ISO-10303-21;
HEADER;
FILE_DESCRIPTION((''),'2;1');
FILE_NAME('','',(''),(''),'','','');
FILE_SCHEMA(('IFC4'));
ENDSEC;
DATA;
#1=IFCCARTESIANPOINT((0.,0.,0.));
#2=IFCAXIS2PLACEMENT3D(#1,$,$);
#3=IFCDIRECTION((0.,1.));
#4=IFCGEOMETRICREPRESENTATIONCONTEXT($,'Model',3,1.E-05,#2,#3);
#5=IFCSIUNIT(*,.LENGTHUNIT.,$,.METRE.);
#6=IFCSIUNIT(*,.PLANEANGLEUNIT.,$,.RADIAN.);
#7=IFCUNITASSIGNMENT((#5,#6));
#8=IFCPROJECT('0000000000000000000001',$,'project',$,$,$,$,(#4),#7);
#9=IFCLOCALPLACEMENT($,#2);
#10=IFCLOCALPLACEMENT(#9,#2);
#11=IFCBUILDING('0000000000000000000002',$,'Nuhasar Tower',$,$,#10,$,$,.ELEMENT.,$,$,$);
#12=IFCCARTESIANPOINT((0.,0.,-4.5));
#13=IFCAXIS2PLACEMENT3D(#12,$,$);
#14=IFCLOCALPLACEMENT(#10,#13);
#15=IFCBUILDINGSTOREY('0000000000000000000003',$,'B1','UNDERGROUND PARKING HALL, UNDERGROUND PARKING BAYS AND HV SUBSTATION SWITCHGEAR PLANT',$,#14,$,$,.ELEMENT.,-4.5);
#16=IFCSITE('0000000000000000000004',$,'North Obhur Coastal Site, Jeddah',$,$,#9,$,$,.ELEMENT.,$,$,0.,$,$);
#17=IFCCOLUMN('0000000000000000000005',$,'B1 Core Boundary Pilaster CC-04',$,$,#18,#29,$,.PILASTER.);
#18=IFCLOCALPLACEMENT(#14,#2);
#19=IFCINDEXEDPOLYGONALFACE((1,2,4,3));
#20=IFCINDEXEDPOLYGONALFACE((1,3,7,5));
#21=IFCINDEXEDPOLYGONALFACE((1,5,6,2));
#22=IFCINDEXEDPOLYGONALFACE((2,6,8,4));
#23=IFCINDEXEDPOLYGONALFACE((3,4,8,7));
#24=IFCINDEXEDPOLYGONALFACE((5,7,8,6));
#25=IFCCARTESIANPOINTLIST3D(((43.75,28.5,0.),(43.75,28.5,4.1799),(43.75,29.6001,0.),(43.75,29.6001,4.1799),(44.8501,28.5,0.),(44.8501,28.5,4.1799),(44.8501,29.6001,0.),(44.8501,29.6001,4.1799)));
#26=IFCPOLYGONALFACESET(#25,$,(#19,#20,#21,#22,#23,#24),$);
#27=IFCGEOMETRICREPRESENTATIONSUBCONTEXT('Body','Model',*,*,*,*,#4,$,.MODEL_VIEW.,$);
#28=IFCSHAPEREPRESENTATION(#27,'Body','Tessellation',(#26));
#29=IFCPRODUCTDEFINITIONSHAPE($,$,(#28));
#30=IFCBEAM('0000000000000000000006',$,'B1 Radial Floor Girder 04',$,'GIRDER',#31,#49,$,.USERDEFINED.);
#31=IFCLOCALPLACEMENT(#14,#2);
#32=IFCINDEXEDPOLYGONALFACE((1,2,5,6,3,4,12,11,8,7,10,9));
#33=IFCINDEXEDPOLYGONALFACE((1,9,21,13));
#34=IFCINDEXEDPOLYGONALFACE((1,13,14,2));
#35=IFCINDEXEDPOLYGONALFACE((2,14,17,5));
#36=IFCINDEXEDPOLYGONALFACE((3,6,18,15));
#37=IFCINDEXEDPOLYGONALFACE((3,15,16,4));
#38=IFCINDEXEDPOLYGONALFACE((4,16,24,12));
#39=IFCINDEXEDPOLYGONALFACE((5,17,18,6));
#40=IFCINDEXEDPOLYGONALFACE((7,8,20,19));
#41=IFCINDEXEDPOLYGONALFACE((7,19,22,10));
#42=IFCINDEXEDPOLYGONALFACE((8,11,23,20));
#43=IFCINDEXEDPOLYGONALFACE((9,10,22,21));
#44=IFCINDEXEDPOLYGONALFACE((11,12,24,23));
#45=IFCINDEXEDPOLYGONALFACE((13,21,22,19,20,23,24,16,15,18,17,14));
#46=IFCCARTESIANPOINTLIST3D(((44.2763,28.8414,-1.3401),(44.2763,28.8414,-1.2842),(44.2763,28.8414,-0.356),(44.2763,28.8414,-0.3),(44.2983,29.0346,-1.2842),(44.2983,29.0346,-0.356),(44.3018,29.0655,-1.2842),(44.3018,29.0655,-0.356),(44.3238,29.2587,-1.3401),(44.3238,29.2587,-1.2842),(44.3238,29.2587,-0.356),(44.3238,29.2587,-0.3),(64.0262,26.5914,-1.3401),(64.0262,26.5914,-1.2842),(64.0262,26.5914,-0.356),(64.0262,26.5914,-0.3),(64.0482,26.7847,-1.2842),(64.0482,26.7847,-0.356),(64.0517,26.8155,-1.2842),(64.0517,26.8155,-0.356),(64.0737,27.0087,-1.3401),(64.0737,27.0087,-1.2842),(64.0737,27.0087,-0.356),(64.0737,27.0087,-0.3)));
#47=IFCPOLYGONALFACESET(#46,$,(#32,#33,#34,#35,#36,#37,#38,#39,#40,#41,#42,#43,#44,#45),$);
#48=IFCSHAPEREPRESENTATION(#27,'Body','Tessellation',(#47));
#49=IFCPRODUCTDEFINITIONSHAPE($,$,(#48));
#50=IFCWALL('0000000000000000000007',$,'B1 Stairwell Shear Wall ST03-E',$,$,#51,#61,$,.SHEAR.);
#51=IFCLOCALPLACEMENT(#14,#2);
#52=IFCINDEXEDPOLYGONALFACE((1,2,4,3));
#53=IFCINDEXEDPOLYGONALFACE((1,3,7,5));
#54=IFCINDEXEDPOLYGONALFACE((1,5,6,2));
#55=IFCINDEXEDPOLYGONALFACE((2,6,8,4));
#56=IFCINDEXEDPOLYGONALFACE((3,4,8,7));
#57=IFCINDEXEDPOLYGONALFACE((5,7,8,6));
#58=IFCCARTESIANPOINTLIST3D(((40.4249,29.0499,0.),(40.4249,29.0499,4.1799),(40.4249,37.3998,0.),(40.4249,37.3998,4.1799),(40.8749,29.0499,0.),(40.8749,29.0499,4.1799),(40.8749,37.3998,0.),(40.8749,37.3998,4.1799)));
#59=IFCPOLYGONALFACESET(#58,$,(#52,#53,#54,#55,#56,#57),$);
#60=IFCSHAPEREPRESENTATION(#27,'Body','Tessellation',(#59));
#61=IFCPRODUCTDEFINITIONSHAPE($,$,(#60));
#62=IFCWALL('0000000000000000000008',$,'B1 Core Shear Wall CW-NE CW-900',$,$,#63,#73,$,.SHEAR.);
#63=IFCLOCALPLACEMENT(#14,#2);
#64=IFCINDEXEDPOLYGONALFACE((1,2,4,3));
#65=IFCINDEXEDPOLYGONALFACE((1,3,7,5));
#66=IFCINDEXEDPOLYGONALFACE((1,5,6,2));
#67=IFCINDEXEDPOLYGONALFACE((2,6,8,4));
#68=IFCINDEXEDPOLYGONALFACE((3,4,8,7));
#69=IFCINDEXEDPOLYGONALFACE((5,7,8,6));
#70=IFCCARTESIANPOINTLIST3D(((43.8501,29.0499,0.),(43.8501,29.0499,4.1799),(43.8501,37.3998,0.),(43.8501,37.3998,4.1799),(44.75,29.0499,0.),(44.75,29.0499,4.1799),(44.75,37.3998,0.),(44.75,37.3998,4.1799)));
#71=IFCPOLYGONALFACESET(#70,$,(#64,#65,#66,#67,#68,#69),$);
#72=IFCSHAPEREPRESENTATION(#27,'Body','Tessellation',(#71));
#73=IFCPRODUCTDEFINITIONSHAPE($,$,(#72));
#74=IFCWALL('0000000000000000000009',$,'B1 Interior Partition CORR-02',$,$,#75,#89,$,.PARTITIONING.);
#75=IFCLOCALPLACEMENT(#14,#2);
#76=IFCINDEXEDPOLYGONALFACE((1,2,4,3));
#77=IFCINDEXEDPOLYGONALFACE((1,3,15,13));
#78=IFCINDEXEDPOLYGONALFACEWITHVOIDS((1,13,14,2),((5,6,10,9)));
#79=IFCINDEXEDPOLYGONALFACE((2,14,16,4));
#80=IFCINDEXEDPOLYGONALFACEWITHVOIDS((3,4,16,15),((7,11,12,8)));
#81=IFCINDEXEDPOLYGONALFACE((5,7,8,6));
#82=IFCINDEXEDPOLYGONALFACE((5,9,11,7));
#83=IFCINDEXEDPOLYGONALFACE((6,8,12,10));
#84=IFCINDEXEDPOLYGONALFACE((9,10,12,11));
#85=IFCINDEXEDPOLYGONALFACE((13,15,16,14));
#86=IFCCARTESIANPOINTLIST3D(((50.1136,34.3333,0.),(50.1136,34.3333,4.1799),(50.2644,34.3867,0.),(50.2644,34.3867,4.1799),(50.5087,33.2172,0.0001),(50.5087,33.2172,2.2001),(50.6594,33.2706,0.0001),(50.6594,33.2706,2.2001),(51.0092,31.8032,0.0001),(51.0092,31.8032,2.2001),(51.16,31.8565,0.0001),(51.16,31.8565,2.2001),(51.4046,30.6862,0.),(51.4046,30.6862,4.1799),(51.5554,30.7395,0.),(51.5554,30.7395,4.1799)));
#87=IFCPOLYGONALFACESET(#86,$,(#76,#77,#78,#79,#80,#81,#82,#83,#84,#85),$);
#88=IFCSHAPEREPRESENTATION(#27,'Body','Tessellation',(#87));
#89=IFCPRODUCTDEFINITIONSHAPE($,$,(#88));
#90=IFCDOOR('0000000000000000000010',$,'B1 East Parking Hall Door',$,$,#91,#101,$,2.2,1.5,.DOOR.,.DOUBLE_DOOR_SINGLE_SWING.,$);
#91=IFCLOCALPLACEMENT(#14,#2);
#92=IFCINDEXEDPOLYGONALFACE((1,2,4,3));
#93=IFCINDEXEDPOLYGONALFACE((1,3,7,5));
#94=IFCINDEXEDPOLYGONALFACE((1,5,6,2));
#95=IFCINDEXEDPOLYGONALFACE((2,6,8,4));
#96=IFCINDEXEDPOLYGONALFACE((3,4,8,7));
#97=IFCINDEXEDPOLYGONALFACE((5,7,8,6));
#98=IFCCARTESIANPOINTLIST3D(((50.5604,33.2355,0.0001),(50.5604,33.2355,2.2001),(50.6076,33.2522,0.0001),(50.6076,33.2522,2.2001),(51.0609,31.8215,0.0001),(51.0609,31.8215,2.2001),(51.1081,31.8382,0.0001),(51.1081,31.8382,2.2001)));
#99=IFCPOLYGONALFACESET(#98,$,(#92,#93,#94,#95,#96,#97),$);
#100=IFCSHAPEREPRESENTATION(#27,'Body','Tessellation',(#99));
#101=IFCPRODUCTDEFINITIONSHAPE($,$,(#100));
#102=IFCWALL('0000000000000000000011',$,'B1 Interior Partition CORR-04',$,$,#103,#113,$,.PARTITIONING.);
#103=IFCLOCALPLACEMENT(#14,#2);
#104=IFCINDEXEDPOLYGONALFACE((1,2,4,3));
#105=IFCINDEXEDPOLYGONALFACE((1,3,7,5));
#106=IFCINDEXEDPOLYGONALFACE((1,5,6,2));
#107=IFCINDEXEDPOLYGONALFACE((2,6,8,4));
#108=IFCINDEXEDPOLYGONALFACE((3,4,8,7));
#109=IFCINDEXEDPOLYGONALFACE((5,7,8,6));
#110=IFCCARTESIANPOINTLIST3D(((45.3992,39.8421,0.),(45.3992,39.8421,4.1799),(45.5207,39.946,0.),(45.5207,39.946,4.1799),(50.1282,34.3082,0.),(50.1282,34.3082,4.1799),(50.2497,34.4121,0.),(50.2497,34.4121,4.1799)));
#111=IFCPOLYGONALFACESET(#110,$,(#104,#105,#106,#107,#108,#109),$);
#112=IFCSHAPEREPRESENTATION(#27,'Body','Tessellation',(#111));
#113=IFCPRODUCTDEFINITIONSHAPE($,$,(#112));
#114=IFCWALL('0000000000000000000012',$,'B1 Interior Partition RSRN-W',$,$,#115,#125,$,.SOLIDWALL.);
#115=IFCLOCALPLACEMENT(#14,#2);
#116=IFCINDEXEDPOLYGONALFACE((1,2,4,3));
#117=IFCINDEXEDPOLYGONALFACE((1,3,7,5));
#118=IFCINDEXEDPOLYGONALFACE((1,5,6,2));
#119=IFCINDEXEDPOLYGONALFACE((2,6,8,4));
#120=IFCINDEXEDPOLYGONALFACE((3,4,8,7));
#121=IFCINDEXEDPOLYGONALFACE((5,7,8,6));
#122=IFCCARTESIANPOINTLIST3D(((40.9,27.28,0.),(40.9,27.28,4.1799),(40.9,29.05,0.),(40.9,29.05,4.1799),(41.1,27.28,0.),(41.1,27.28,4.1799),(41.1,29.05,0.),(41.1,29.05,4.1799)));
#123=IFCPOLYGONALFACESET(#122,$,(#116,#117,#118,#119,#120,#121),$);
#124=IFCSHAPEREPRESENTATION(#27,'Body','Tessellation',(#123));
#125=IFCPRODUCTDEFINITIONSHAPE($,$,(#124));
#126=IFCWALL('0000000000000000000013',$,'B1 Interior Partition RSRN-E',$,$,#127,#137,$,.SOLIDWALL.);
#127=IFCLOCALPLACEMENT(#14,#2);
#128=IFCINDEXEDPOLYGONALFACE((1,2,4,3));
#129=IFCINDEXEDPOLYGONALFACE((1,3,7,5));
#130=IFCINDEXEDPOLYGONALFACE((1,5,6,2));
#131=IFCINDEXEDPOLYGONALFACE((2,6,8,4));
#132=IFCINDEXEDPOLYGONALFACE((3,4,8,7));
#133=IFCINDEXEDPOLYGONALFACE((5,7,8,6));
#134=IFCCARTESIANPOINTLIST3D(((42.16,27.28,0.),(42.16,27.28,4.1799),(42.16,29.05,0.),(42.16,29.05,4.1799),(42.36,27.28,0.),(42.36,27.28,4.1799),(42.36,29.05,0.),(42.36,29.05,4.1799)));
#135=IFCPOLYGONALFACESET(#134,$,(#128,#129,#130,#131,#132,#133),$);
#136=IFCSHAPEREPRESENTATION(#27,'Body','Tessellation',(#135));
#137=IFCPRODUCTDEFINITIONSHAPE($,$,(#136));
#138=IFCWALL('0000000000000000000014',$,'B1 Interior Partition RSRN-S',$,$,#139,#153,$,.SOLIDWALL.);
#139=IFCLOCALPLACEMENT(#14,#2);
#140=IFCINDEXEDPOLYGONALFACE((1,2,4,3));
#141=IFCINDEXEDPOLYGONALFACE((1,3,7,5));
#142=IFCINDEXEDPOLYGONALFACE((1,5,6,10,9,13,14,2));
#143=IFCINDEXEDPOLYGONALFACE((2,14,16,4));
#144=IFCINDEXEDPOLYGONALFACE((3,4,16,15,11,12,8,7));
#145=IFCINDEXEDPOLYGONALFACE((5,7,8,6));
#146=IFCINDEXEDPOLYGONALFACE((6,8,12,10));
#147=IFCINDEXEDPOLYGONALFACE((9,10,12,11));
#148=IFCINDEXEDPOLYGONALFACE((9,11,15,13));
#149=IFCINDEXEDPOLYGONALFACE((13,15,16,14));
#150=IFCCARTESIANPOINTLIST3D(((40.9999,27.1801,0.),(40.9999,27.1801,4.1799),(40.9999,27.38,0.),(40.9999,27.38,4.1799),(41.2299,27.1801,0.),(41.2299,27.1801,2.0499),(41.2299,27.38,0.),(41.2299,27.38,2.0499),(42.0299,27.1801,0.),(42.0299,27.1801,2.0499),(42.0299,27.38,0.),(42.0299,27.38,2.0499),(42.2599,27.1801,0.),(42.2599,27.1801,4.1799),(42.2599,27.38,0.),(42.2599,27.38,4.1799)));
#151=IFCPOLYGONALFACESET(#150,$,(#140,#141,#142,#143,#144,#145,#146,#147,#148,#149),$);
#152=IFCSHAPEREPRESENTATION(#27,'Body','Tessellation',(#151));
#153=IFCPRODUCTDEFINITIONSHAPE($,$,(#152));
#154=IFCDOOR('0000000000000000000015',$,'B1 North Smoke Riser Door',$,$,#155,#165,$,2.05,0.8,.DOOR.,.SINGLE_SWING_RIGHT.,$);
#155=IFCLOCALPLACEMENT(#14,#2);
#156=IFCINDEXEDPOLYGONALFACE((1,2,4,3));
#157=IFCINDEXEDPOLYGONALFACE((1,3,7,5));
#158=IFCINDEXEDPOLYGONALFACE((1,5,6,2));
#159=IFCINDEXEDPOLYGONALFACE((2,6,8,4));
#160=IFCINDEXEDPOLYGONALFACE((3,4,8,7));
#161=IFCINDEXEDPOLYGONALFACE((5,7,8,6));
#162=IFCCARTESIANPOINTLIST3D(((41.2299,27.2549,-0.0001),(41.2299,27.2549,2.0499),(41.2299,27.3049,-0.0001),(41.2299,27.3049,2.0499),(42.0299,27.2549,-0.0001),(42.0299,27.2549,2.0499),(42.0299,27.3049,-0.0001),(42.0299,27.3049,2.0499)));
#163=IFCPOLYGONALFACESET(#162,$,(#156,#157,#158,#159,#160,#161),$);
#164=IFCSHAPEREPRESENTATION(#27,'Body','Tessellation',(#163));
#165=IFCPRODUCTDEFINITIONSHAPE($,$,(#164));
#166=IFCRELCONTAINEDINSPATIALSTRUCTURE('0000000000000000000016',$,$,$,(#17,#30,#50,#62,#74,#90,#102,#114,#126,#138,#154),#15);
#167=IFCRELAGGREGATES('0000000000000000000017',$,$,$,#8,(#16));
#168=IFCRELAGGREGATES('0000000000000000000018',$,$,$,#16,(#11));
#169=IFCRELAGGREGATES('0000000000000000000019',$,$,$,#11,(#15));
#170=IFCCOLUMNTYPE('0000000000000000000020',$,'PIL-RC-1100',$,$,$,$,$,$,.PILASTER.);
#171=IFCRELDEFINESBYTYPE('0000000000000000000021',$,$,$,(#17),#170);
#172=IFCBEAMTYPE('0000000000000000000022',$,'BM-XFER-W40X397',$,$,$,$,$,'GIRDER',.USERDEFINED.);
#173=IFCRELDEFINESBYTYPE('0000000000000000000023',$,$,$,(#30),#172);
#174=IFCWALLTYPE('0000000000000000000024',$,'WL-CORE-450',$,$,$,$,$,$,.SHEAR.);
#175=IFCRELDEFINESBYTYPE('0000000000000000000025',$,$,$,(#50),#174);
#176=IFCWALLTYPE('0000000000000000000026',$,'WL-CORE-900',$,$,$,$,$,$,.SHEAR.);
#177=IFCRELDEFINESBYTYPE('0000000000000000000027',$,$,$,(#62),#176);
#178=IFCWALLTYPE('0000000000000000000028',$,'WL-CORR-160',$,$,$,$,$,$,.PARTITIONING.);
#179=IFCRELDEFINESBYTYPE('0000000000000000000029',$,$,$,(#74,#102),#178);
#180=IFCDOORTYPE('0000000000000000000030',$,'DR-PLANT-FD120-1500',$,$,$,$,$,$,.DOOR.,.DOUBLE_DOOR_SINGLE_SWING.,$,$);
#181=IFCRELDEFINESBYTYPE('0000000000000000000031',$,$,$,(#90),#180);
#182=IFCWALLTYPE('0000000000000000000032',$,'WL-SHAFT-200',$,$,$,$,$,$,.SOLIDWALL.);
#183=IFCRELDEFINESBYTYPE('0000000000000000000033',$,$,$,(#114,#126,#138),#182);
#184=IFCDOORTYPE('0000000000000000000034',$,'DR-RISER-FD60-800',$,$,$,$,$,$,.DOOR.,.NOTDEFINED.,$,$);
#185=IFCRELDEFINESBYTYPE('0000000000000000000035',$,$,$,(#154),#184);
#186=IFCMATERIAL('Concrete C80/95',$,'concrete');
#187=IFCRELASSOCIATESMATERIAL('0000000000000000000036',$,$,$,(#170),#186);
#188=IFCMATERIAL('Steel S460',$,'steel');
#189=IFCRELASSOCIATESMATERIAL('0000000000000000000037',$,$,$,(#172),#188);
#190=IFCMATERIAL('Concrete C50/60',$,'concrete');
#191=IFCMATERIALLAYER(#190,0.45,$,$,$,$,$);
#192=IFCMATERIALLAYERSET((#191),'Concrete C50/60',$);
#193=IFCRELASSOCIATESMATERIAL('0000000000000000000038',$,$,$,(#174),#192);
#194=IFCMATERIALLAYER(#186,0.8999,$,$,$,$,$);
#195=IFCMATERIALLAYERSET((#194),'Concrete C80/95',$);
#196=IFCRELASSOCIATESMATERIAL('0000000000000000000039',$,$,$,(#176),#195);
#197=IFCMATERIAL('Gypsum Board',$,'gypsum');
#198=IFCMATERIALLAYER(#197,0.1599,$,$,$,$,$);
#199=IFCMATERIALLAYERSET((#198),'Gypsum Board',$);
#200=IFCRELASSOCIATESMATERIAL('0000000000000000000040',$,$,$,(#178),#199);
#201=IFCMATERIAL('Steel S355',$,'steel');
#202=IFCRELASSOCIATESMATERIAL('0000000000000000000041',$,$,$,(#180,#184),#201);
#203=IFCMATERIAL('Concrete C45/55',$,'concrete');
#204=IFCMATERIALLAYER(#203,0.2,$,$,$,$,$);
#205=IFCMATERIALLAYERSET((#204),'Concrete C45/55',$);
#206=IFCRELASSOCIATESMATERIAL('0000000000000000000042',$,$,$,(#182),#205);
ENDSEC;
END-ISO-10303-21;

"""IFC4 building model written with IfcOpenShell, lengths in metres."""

from ifc_helpers import new_model, si_unit, direction, frame, frame_2d, origin, origin_2d, place, context, subcontext, project, spatial, rectangle, i_section, extrude, material, layer, layer_set, material_profile, profile_set, type_object, element, fill, save


model = new_model("IFC4")

# Units and contexts
model_context = context("Model", 3, precision=1e-05, world=origin(), true_north=direction((0.0, 1.0)))
body_context = subcontext(model_context, "Body", "Model", "MODEL_VIEW")
ifc_project = project(units=[si_unit("LENGTHUNIT", "METRE"), si_unit("PLANEANGLEUNIT", "RADIAN")], contexts=[model_context])

# Site, building, storey
site_placement = place(None, origin())
site = spatial("IfcSite", under=ifc_project, at=site_placement, Name="North Obhur Coastal Site, Jeddah", CompositionType="ELEMENT", RefElevation=0.0)
building_placement = place(site_placement, origin())
building = spatial("IfcBuilding", under=site, at=building_placement, Name="Nuhasar Tower", CompositionType="ELEMENT")
storey_placement = place(building_placement, frame((0.0, 0.0, -4.5)))
storey = spatial("IfcBuildingStorey", under=building, at=storey_placement, Name="B1", Description="UNDERGROUND PARKING HALL, UNDERGROUND PARKING BAYS AND HV SUBSTATION SWITCHGEAR PLANT", CompositionType="ELEMENT", Elevation=-4.5)

# Column
ifc_material_1 = material(Name="Concrete C80/95", Category="concrete")
ifc_material_profile_1 = material_profile(ifc_material_1, rectangle(XDim=1.1001, YDim=1.1001, at=origin_2d()), Name="RC1100X1100")
ifc_profile_set_1 = profile_set([ifc_material_profile_1], Name="Concrete C80/95")
column_type = type_object("IfcColumnType", Name="PIL-RC-1100", PredefinedType="PILASTER", material=ifc_profile_set_1)
column_placement = place(storey_placement, frame((44.3, 29.05, 0.0), z_axis=(0.0, 0.0, 1.0), x_axis=(1.0, 0.0, 0.0)))
element("IfcColumn", 1, at=column_placement, inside=storey, type_object=column_type, Name="B1 Core Boundary Pilaster CC-04", PredefinedType="PILASTER", context=body_context, shape_type="SweptSolid", body=[
    extrude(rectangle(XDim=1.1001, YDim=1.1001, at=origin_2d()), origin(), (0.0, 0.0, 1.0), 4.1799),
])

# Beam
ifc_material_2 = material(Name="Steel S460", Category="steel")
ifc_material_profile_2 = material_profile(ifc_material_2, i_section(OverallWidth=0.4199, OverallDepth=1.04, WebThickness=0.031, FlangeThickness=0.0559, at=origin_2d()), Name="W40X397")
ifc_profile_set_2 = profile_set([ifc_material_profile_2], Name="Steel S460")
beam_type = type_object("IfcBeamType", Name="BM-XFER-W40X397", ElementType="GIRDER", PredefinedType="USERDEFINED", material=ifc_profile_set_2)
beam_placement = place(storey_placement, frame((44.3, 29.05, -0.8201), z_axis=(0.993573, -0.113192, 0.0), x_axis=(0.113192, 0.993573, 0.0)))
element("IfcBeam", 2, at=beam_placement, inside=storey, type_object=beam_type, Name="B1 Radial Floor Girder 04", ObjectType="GIRDER", PredefinedType="USERDEFINED", context=body_context, shape_type="SweptSolid", body=[
    extrude(i_section(OverallWidth=0.4199, OverallDepth=1.04, WebThickness=0.031, FlangeThickness=0.0559, at=origin_2d()), origin(), (0.0, 0.0, 1.0), 19.8777),
])

# Walls
ifc_material_3 = material(Name="Concrete C50/60", Category="concrete")
ifc_layer_1 = layer(ifc_material_3, 0.45)
ifc_layer_set_1 = layer_set([ifc_layer_1], Name="Concrete C50/60")
wall_type_1 = type_object("IfcWallType", Name="WL-CORE-450", PredefinedType="SHEAR", material=ifc_layer_set_1)
wall_1_placement = place(storey_placement, frame((40.6499, 29.05, 0.0), z_axis=(0.0, 0.0, 1.0), x_axis=(0.0, 1.0, 0.0)))
element("IfcWall", 3, at=wall_1_placement, inside=storey, type_object=wall_type_1, Name="B1 Stairwell Shear Wall ST03-E", PredefinedType="SHEAR", context=body_context, shape_type="SweptSolid", body=[
    extrude(rectangle(XDim=8.3499, YDim=0.45, at=frame_2d((4.1748, 0.0))), origin(), (0.0, 0.0, 1.0), 4.1799),
])
ifc_layer_2 = layer(ifc_material_1, 0.8999)
ifc_layer_set_2 = layer_set([ifc_layer_2], Name="Concrete C80/95")
wall_type_2 = type_object("IfcWallType", Name="WL-CORE-900", PredefinedType="SHEAR", material=ifc_layer_set_2)
wall_2_placement = place(storey_placement, frame((44.3, 29.05, 0.0), z_axis=(0.0, 0.0, 1.0), x_axis=(0.0, 1.0, 0.0)))
element("IfcWall", 4, at=wall_2_placement, inside=storey, type_object=wall_type_2, Name="B1 Core Shear Wall CW-NE CW-900", PredefinedType="SHEAR", context=body_context, shape_type="SweptSolid", body=[
    extrude(rectangle(XDim=8.3499, YDim=0.8999, at=frame_2d((4.1748, 0.0))), origin(), (0.0, 0.0, 1.0), 4.1799),
])

# Wall, opening, door
ifc_material_4 = material(Name="Gypsum Board", Category="gypsum")
ifc_layer_3 = layer(ifc_material_4, 0.1599)
ifc_layer_set_3 = layer_set([ifc_layer_3], Name="Gypsum Board")
wall_type_3 = type_object("IfcWallType", Name="WL-CORR-160", PredefinedType="PARTITIONING", material=ifc_layer_set_3)
wall_3_placement = place(storey_placement, frame((50.189, 34.3601, 0.0), z_axis=(0.0, 0.0, 1.0), x_axis=(0.333685, -0.942685, 0.0)))
wall_3 = element("IfcWall", 5, at=wall_3_placement, inside=storey, type_object=wall_type_3, Name="B1 Interior Partition CORR-02", PredefinedType="PARTITIONING", context=body_context, shape_type="SweptSolid", body=[
    extrude(rectangle(XDim=3.8689, YDim=0.1599, at=frame_2d((1.9346, 0.0))), origin(), (0.0, 0.0, 1.0), 4.1799),
])
opening_1_placement = place(wall_3_placement, frame((1.1841, 0.0, 0.0)))
opening_1 = element("IfcOpeningElement", 6, at=opening_1_placement, cuts=wall_3, PredefinedType="OPENING", context=body_context, shape_type="SweptSolid", body=[
    extrude(rectangle(XDim=1.5, YDim=2.2, at=frame_2d((0.75, 1.1001))), frame((0.0, 0.0898, 0.0), z_axis=(0.0, -1.0, 0.0), x_axis=(1.0, 0.0, 0.0)), (0.0, 0.0, 1.0), 0.1799),
])
ifc_material_5 = material(Name="Steel S355", Category="steel")
door_type_1 = type_object("IfcDoorType", Name="DR-PLANT-FD120-1500", OperationType="DOUBLE_DOOR_SINGLE_SWING", PredefinedType="DOOR", material=ifc_material_5)
door_1_placement = place(opening_1_placement, origin())
door_1 = element("IfcDoor", 7, at=door_1_placement, inside=storey, type_object=door_type_1, Name="B1 East Parking Hall Door", OperationType="DOUBLE_DOOR_SINGLE_SWING", OverallHeight=2.2, OverallWidth=1.5, PredefinedType="DOOR", context=body_context, shape_type="SweptSolid", body=[
    extrude(rectangle(XDim=1.5, YDim=2.2, at=frame_2d((0.75, 1.1001))), frame((0.0, 0.0249, 0.0), z_axis=(0.0, -1.0, 0.0), x_axis=(1.0, 0.0, 0.0)), (0.0, 0.0, 1.0), 0.05),
])
fill(opening_1, door_1)

# Walls
wall_4_placement = place(storey_placement, frame((50.189, 34.3601, 0.0), z_axis=(0.0, 0.0, 1.0), x_axis=(-0.649653, 0.760231, 0.0)))
element("IfcWall", 8, at=wall_4_placement, inside=storey, type_object=wall_type_3, Name="B1 Interior Partition CORR-04", PredefinedType="PARTITIONING", context=body_context, shape_type="SweptSolid", body=[
    extrude(rectangle(XDim=7.2793, YDim=0.1599, at=frame_2d((3.6396, 0.0))), origin(), (0.0, 0.0, 1.0), 4.1799),
])
ifc_material_6 = material(Name="Concrete C45/55", Category="concrete")
ifc_layer_4 = layer(ifc_material_6, 0.2)
ifc_layer_set_4 = layer_set([ifc_layer_4], Name="Concrete C45/55")
wall_type_4 = type_object("IfcWallType", Name="WL-SHAFT-200", PredefinedType="SOLIDWALL", material=ifc_layer_set_4)
for number, where, z_axis, x_axis, name in (
    (9, (41.0, 27.28, 0.0), (0.0, 0.0, 1.0), (0.0, 1.0, 0.0), "B1 Interior Partition RSRN-W"),
    (10, (42.26, 27.28, 0.0), (0.0, 0.0, 1.0), (0.0, 1.0, 0.0), "B1 Interior Partition RSRN-E"),
):
    element("IfcWall", number, at=place(storey_placement, frame(where, z_axis=z_axis, x_axis=x_axis)), inside=storey, type_object=wall_type_4, Name=name, PredefinedType="SOLIDWALL", context=body_context, shape_type="SweptSolid", body=[
        extrude(rectangle(XDim=1.77, YDim=0.2, at=frame_2d((0.885, 0.0))), origin(), (0.0, 0.0, 1.0), 4.1799),
    ])

# Wall, opening, door
wall_5_placement = place(storey_placement, frame((41.0, 27.28, 0.0), z_axis=(0.0, 0.0, 1.0), x_axis=(1.0, 0.0, 0.0)))
wall_5 = element("IfcWall", 11, at=wall_5_placement, inside=storey, type_object=wall_type_4, Name="B1 Interior Partition RSRN-S", PredefinedType="SOLIDWALL", context=body_context, shape_type="SweptSolid", body=[
    extrude(rectangle(XDim=1.26, YDim=0.2, at=frame_2d((0.6299, 0.0))), origin(), (0.0, 0.0, 1.0), 4.1799),
])
opening_2_placement = place(wall_5_placement, frame((0.23, 0.0, 0.0)))
opening_2 = element("IfcOpeningElement", 12, at=opening_2_placement, cuts=wall_5, PredefinedType="OPENING", context=body_context, shape_type="SweptSolid", body=[
    extrude(rectangle(XDim=0.8, YDim=2.05, at=frame_2d((0.3999, 1.0249))), frame((0.0, 0.1099, 0.0), z_axis=(0.0, -1.0, 0.0), x_axis=(1.0, 0.0, 0.0)), (0.0, 0.0, 1.0), 0.22),
])
door_type_2 = type_object("IfcDoorType", Name="DR-RISER-FD60-800", OperationType="NOTDEFINED", PredefinedType="DOOR", material=ifc_material_5)
door_2_placement = place(opening_2_placement, origin())
door_2 = element("IfcDoor", 13, at=door_2_placement, inside=storey, type_object=door_type_2, Name="B1 North Smoke Riser Door", OperationType="SINGLE_SWING_RIGHT", OverallHeight=2.05, OverallWidth=0.8, PredefinedType="DOOR", context=body_context, shape_type="SweptSolid", body=[
    extrude(rectangle(XDim=0.8, YDim=2.05, at=frame_2d((0.3999, 1.0249))), frame((0.0, 0.0249, 0.0), z_axis=(0.0, -1.0, 0.0), x_axis=(1.0, 0.0, 0.0)), (0.0, 0.0, 1.0), 0.05),
])
fill(opening_2, door_2)

save(model, "model.ifc")
